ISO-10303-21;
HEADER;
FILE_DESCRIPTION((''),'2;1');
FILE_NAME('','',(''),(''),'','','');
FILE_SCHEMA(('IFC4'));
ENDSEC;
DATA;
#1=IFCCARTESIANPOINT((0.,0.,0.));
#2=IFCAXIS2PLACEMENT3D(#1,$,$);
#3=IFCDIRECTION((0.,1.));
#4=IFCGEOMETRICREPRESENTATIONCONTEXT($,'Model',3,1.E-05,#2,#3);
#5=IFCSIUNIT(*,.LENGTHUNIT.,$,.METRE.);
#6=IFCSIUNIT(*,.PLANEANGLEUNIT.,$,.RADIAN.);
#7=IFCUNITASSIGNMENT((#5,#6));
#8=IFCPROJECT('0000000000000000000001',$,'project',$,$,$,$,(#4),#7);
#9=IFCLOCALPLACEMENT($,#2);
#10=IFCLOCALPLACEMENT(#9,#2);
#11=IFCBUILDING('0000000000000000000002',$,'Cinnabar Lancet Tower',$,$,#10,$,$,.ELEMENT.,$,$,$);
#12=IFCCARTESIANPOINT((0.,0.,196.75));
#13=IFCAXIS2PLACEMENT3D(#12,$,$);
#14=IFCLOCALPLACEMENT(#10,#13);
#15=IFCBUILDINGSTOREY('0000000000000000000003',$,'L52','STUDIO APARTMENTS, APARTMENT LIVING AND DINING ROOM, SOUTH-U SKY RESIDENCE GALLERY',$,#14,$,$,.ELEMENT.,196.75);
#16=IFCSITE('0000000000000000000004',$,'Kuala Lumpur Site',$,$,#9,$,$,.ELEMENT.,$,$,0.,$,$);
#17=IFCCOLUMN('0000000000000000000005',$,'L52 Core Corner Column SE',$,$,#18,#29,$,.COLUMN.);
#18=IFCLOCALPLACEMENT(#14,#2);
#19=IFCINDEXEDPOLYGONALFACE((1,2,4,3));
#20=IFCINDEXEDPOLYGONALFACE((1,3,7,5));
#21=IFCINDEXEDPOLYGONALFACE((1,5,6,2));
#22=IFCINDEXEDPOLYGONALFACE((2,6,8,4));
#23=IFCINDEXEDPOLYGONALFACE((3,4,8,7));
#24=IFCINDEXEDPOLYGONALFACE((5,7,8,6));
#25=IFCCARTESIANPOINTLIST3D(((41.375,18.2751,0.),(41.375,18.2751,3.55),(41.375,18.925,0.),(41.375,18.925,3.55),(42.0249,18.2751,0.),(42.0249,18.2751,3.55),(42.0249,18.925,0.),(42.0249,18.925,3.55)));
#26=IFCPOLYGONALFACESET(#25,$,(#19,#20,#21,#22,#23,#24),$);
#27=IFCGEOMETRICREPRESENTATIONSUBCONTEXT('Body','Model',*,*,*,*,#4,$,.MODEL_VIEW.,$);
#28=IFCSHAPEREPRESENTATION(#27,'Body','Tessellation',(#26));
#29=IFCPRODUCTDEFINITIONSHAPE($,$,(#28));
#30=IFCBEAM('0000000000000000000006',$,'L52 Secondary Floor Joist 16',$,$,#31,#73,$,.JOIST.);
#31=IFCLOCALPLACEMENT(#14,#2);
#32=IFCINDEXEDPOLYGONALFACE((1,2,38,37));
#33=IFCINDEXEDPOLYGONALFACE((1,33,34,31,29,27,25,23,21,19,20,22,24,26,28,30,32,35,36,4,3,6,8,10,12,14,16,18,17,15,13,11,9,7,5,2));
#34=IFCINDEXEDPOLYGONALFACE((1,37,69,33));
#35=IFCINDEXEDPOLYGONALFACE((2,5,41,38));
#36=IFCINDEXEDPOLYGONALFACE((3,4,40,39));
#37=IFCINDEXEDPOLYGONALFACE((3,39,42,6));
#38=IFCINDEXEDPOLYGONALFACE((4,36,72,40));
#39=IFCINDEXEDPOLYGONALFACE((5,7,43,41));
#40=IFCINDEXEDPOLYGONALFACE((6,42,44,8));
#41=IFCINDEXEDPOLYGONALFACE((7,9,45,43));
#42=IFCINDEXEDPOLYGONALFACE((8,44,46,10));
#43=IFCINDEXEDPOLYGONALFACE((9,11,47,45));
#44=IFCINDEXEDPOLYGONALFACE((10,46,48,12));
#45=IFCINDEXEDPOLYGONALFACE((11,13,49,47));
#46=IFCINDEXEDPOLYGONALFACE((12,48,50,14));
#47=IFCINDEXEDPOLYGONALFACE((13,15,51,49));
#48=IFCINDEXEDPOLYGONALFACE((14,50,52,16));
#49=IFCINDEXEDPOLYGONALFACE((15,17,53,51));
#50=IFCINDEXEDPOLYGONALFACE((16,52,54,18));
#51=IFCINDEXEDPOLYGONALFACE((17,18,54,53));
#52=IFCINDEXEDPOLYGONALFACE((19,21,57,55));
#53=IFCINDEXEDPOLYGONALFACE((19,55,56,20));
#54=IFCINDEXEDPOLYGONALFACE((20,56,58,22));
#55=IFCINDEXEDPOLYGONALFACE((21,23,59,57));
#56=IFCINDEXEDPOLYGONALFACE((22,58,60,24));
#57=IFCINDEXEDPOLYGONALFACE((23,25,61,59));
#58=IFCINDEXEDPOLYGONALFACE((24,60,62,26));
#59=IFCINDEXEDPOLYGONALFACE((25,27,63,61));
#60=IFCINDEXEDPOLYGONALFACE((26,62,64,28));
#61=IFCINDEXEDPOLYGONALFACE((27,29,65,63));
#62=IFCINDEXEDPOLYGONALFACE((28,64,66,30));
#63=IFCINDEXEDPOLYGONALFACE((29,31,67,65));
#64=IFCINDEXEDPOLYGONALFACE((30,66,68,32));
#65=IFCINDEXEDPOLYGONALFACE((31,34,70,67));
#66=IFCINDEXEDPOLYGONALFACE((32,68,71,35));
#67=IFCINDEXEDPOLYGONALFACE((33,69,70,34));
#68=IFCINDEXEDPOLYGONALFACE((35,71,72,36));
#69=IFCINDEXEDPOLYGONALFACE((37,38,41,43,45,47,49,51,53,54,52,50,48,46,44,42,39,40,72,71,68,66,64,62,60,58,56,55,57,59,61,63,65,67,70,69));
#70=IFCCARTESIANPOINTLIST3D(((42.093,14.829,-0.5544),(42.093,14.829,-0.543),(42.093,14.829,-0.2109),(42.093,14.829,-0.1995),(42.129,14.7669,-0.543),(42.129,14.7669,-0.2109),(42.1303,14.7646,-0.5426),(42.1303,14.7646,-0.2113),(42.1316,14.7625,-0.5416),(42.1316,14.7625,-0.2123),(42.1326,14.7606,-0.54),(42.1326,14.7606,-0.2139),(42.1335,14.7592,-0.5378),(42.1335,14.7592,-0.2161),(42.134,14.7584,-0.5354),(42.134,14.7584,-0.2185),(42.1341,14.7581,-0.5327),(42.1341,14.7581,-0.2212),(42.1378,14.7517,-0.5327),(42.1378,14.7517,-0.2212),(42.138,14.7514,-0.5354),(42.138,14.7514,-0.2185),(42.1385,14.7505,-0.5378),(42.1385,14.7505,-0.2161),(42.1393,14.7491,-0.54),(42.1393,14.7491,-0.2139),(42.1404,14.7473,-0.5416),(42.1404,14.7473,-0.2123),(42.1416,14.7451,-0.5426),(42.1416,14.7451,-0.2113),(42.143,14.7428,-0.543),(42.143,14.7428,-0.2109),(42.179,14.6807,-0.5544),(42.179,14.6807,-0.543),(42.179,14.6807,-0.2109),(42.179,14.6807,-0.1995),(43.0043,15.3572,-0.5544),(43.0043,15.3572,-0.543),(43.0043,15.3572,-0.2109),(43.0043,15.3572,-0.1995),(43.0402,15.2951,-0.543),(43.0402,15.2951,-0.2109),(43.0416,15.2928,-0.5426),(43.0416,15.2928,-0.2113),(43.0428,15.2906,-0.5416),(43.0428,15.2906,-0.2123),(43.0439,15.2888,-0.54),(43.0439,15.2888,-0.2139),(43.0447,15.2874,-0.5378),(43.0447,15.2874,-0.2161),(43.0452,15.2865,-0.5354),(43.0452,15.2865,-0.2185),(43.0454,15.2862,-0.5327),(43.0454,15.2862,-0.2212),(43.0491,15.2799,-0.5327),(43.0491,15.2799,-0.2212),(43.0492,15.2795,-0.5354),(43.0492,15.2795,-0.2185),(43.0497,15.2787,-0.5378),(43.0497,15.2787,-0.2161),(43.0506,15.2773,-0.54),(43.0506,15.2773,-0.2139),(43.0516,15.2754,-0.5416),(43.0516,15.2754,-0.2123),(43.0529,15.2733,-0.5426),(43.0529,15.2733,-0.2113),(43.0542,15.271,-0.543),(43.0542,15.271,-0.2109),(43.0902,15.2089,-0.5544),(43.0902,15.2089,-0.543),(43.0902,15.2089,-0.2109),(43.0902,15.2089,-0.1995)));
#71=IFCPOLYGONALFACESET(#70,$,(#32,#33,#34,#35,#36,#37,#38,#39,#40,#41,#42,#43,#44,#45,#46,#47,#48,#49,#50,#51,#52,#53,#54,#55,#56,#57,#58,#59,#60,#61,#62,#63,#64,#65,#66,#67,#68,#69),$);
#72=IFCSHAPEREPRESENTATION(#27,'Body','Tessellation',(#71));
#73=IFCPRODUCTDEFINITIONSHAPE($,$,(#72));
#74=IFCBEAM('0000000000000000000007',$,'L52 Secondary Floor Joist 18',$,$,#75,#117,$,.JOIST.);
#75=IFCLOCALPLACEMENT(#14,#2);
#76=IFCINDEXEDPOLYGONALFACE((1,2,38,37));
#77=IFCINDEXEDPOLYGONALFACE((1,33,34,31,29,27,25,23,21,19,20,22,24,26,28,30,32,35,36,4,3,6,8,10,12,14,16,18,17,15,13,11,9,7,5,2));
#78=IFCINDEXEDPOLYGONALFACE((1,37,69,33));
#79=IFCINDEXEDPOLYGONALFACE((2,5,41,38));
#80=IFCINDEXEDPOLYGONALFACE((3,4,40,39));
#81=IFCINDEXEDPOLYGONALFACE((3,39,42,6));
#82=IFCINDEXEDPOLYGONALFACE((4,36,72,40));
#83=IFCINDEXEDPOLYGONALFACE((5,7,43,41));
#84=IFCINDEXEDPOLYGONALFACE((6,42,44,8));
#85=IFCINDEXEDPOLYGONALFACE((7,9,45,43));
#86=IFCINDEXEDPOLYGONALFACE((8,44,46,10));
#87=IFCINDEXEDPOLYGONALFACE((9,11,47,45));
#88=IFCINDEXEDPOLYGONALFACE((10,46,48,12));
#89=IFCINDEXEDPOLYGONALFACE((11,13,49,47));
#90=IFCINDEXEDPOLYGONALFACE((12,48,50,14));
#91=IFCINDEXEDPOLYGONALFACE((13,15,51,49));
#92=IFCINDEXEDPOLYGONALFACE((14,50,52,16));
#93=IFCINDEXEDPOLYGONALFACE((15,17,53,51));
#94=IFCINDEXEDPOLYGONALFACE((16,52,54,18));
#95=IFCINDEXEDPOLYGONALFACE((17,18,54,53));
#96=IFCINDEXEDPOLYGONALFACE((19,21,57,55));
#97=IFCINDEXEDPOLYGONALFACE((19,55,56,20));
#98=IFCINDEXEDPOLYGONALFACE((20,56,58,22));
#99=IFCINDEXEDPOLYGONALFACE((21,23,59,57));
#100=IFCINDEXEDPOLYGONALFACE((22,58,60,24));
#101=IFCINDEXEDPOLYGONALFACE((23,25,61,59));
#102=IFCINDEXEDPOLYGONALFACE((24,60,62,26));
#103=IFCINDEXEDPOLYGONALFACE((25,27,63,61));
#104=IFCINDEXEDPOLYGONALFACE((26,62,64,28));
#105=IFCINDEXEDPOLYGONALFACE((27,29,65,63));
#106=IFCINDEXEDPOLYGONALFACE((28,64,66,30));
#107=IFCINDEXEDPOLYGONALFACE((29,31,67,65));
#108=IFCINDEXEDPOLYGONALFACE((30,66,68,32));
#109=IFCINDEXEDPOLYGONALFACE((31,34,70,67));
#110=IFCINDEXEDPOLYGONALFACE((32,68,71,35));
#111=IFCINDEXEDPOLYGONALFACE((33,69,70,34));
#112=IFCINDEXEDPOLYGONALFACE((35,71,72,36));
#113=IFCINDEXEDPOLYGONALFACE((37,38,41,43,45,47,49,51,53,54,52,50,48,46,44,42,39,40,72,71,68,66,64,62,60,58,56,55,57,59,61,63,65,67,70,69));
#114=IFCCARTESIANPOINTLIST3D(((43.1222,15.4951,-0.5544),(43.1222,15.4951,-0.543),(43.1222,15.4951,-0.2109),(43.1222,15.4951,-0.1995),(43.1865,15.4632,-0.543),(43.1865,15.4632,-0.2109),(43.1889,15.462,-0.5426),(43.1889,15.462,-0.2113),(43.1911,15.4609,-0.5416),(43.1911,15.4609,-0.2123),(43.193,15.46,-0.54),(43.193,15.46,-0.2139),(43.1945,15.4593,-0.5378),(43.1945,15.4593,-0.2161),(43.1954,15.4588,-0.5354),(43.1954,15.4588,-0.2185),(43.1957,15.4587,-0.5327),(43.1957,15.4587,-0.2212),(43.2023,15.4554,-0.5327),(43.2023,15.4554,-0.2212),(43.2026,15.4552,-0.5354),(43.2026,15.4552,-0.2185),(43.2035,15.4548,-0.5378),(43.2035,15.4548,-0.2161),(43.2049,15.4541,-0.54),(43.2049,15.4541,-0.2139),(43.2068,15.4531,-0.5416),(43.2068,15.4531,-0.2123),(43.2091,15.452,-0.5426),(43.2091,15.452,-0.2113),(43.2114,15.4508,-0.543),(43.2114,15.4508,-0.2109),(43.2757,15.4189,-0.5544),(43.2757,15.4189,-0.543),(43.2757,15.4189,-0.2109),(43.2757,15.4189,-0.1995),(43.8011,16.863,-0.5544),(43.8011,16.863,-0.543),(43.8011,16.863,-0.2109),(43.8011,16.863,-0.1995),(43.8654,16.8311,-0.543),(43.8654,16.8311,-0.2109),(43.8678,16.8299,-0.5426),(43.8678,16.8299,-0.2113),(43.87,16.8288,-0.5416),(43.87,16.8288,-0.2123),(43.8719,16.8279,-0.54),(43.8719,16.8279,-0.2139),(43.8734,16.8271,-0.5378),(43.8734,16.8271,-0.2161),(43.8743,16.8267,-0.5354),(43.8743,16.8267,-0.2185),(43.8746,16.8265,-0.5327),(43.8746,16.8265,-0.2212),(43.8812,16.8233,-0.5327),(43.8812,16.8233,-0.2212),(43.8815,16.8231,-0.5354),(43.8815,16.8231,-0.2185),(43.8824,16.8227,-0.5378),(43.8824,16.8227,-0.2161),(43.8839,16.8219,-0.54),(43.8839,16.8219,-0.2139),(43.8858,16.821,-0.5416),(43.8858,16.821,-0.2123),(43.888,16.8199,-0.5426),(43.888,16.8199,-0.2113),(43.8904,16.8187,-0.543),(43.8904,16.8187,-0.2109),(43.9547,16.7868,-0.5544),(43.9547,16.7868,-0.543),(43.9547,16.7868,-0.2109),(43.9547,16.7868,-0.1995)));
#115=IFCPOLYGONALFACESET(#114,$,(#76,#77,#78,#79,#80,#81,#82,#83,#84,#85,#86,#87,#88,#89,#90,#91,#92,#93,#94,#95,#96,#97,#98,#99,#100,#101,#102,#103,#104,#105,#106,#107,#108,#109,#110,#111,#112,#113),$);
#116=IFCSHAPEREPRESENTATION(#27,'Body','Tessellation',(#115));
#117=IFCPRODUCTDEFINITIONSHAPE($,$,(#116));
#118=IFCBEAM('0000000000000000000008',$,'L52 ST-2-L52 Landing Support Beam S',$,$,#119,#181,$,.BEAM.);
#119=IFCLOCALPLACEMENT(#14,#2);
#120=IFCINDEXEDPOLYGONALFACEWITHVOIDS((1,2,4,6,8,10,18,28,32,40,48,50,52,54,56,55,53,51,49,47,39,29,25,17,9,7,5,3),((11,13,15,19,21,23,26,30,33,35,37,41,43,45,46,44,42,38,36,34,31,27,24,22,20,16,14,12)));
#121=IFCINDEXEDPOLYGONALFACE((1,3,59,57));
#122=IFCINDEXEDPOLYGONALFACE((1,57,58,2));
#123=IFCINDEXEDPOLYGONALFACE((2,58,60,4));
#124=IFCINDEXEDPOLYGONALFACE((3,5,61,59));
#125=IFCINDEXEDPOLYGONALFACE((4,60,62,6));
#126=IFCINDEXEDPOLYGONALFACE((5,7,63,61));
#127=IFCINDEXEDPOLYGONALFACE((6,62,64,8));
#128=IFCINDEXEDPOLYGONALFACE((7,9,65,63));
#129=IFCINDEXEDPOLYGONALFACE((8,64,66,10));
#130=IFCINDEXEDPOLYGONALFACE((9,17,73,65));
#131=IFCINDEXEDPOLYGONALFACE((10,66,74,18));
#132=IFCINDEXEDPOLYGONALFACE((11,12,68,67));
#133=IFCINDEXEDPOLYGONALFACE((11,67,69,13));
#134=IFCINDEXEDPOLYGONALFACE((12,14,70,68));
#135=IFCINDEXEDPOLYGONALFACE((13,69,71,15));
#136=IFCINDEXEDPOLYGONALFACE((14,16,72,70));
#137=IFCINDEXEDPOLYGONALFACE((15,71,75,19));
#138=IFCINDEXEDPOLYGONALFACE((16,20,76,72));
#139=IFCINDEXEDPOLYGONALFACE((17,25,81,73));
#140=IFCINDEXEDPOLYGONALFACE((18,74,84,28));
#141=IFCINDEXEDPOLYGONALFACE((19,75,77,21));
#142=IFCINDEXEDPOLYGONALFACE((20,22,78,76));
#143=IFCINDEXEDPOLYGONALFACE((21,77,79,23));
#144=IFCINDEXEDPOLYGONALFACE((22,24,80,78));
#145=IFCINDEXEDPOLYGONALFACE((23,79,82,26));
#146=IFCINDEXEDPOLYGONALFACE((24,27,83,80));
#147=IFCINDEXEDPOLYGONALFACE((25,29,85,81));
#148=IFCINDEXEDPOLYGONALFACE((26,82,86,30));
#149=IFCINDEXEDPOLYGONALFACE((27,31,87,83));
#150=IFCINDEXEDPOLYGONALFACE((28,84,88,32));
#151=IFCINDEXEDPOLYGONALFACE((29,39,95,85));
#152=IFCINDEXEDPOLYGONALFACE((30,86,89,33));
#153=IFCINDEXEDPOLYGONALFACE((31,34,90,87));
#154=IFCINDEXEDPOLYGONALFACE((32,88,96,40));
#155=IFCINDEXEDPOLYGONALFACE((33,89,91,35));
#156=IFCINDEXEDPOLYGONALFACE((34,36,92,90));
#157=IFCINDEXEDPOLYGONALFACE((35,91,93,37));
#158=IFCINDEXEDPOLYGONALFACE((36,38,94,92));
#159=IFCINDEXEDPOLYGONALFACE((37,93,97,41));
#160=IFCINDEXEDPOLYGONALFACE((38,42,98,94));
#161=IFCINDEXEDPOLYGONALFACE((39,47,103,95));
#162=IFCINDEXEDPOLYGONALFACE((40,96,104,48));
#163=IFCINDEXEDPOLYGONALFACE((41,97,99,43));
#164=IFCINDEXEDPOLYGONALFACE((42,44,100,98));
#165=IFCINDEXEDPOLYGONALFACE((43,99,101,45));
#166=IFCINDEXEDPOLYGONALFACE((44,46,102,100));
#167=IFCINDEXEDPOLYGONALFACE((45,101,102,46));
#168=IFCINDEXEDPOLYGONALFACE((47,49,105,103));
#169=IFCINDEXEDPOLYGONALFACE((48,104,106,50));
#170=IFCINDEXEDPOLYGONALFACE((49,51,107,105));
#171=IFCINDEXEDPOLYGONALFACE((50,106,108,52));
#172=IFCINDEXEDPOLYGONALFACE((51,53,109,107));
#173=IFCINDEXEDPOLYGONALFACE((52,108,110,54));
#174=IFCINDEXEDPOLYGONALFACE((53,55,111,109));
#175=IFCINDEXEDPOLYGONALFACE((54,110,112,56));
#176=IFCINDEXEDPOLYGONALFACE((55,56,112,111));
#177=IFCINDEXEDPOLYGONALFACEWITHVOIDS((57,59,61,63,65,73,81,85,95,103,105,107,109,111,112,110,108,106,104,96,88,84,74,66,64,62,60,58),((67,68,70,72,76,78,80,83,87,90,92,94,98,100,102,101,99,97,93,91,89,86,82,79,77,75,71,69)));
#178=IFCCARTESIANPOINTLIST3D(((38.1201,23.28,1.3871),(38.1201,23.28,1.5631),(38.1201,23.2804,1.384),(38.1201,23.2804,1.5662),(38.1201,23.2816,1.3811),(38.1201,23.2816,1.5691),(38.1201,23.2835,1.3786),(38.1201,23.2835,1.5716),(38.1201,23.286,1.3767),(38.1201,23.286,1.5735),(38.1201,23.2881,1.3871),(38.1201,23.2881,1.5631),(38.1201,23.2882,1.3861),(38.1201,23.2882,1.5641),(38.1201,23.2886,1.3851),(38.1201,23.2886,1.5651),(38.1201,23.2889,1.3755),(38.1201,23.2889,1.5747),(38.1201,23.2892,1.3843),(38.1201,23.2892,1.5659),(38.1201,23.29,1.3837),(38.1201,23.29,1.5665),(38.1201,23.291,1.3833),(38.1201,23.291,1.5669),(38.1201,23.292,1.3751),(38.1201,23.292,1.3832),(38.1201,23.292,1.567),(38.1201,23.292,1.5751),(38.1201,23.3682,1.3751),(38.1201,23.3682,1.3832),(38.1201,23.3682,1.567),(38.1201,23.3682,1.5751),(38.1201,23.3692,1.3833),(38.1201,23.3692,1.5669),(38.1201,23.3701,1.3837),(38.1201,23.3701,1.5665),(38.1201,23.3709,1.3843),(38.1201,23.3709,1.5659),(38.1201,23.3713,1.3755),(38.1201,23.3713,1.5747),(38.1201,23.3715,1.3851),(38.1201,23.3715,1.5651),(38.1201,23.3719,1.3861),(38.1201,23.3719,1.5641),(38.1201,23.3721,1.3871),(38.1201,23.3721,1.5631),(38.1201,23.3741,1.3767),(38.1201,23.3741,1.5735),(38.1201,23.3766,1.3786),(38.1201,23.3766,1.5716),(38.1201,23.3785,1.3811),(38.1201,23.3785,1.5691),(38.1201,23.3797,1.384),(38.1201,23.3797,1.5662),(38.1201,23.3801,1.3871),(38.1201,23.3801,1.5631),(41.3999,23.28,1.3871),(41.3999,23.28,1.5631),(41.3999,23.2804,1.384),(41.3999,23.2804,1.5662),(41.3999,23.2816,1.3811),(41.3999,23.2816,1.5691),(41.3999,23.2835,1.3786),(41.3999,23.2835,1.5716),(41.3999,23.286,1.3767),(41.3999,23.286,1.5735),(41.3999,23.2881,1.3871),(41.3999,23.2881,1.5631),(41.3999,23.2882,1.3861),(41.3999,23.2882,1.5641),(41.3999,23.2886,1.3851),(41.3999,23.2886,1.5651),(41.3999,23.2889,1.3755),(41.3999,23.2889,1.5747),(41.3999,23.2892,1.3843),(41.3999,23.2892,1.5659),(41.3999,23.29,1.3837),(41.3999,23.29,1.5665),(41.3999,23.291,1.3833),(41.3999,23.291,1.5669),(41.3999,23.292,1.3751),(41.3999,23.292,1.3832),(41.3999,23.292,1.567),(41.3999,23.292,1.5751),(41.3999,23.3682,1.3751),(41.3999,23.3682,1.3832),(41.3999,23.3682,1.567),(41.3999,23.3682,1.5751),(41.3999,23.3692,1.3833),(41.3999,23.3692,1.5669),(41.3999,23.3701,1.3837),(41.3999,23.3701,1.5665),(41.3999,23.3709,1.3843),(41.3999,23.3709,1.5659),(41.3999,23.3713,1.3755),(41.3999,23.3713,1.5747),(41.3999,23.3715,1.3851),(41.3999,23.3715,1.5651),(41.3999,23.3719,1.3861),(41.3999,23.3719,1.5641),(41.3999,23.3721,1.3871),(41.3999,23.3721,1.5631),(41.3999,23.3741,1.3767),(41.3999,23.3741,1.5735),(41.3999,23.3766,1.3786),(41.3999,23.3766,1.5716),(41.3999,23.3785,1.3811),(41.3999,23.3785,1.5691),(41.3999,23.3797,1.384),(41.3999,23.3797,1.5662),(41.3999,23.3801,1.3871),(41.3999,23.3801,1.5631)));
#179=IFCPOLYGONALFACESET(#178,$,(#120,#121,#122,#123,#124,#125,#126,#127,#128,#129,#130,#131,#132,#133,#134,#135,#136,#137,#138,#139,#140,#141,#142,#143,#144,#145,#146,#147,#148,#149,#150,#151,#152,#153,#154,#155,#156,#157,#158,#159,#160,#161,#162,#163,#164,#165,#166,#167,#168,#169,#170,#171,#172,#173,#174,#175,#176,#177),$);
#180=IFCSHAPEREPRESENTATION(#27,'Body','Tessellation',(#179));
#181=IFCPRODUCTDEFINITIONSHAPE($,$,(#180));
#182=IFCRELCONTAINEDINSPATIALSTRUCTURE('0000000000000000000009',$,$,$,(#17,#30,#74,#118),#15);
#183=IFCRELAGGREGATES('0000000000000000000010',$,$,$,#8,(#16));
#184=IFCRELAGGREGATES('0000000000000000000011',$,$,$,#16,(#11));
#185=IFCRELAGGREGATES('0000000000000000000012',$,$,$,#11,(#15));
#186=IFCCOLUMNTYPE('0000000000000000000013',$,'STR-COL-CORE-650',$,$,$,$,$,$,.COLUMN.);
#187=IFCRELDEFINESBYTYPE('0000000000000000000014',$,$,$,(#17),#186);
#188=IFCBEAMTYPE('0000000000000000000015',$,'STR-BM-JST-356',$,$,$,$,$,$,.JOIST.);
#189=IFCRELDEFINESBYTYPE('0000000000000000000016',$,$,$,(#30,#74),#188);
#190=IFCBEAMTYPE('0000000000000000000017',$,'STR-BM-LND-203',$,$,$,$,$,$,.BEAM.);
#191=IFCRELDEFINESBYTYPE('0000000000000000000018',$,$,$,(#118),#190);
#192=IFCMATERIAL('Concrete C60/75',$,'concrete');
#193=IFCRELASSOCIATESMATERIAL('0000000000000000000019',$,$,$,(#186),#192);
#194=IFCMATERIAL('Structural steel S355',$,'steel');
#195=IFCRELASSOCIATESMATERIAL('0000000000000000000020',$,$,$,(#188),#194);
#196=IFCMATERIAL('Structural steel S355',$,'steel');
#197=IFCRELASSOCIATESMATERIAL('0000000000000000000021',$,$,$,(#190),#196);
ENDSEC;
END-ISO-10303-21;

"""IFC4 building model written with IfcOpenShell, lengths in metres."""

from ifc_helpers import new_model, si_unit, direction, frame, origin, origin_2d, place, context, subcontext, project, spatial, rectangle, hollow_rectangle, i_section, extrude, material, material_profile, profile_set, type_object, element, save


model = new_model("IFC4")

# Units and contexts
model_context = context("Model", 3, precision=1e-05, world=origin(), true_north=direction((0.0, 1.0)))
body_context = subcontext(model_context, "Body", "Model", "MODEL_VIEW")
ifc_project = project(units=[si_unit("LENGTHUNIT", "METRE"), si_unit("PLANEANGLEUNIT", "RADIAN")], contexts=[model_context])

# Site, building, storey
site_placement = place(None, origin())
site = spatial("IfcSite", under=ifc_project, at=site_placement, Name="Kuala Lumpur Site", CompositionType="ELEMENT", RefElevation=0.0)
building_placement = place(site_placement, origin())
building = spatial("IfcBuilding", under=site, at=building_placement, Name="Cinnabar Lancet Tower", CompositionType="ELEMENT")
storey_placement = place(building_placement, frame((0.0, 0.0, 196.75)))
storey = spatial("IfcBuildingStorey", under=building, at=storey_placement, Name="L52", Description="STUDIO APARTMENTS, APARTMENT LIVING AND DINING ROOM, SOUTH-U SKY RESIDENCE GALLERY", CompositionType="ELEMENT", Elevation=196.75)

# Column
ifc_material_1 = material(Name="Concrete C60/75", Category="concrete")
ifc_material_profile_1 = material_profile(ifc_material_1, rectangle(XDim=0.6499, YDim=0.6499, at=origin_2d()), Name="RC-COL 650x650")
ifc_profile_set_1 = profile_set([ifc_material_profile_1], Name="Concrete C60/75")
column_type = type_object("IfcColumnType", Name="STR-COL-CORE-650", PredefinedType="COLUMN", material=ifc_profile_set_1)
column_placement = place(storey_placement, frame((41.7, 18.6001, 0.0), z_axis=(0.0, 0.0, 1.0), x_axis=(1.0, 0.0, 0.0)))
element("IfcColumn", 1, at=column_placement, inside=storey, type_object=column_type, Name="L52 Core Corner Column SE", PredefinedType="COLUMN", context=body_context, shape_type="SweptSolid", body=[
    extrude(rectangle(XDim=0.6499, YDim=0.6499, at=origin_2d()), origin(), (0.0, 0.0, 1.0), 3.55),
])

# Beams
ifc_material_2 = material(Name="Structural steel S355", Category="steel")
ifc_material_profile_2 = material_profile(ifc_material_2, i_section(OverallWidth=0.1714, OverallDepth=0.355, WebThickness=0.0073, FlangeThickness=0.0115, FilletRadius=0.0103, at=origin_2d()), Name="UKB 356x171x51")
ifc_profile_set_2 = profile_set([ifc_material_profile_2], Name="Structural steel S355")
beam_type_1 = type_object("IfcBeamType", Name="STR-BM-JST-356", PredefinedType="JOIST", material=ifc_profile_set_2)
beam_1_placement = place(storey_placement, frame((42.136, 14.7549, -0.377), z_axis=(0.865188, 0.501447, 0.0), x_axis=(-0.501447, 0.865188, 0.0)))
element("IfcBeam", 2, at=beam_1_placement, inside=storey, type_object=beam_type_1, Name="L52 Secondary Floor Joist 16", PredefinedType="JOIST", context=body_context, shape_type="SweptSolid", body=[
    extrude(i_section(OverallWidth=0.1714, OverallDepth=0.355, WebThickness=0.0073, FlangeThickness=0.0115, FilletRadius=0.0103, at=origin_2d()), origin(), (0.0, 0.0, 1.0), 1.0532),
])
beam_2_placement = place(storey_placement, frame((43.199, 15.457, -0.377), z_axis=(0.44459, 0.895734, 0.0), x_axis=(-0.895734, 0.44459, 0.0)))
element("IfcBeam", 3, at=beam_2_placement, inside=storey, type_object=beam_type_1, Name="L52 Secondary Floor Joist 18", PredefinedType="JOIST", context=body_context, shape_type="SweptSolid", body=[
    extrude(i_section(OverallWidth=0.1714, OverallDepth=0.355, WebThickness=0.0073, FlangeThickness=0.0115, FilletRadius=0.0103, at=origin_2d()), origin(), (0.0, 0.0, 1.0), 1.5271),
])
ifc_material_3 = material(Name="Structural steel S355", Category="steel")
ifc_material_profile_3 = material_profile(ifc_material_3, hollow_rectangle(XDim=0.1001, YDim=0.2, WallThickness=0.0081, InnerFilletRadius=0.0039, OuterFilletRadius=0.012, at=origin_2d()), Name="RHS 200x100x8")
ifc_profile_set_3 = profile_set([ifc_material_profile_3], Name="Structural steel S355")
beam_type_2 = type_object("IfcBeamType", Name="STR-BM-LND-203", PredefinedType="BEAM", material=ifc_profile_set_3)
for number, where, z_axis, x_axis, name in (
    (4, (38.1201, 23.3301, 1.4751), (1.0, 0.0, 0.0), (0.0, 1.0, 0.0), "L52 ST-2-L52 Landing Support Beam S"),
):
    element("IfcBeam", number, at=place(storey_placement, frame(where, z_axis=z_axis, x_axis=x_axis)), inside=storey, type_object=beam_type_2, Name=name, PredefinedType="BEAM", context=body_context, shape_type="SweptSolid", body=[
        extrude(hollow_rectangle(XDim=0.1001, YDim=0.2, WallThickness=0.0081, InnerFilletRadius=0.0039, OuterFilletRadius=0.012, at=origin_2d()), origin(), (0.0, 0.0, 1.0), 3.2798),
    ])

save(model, "model.ifc")
